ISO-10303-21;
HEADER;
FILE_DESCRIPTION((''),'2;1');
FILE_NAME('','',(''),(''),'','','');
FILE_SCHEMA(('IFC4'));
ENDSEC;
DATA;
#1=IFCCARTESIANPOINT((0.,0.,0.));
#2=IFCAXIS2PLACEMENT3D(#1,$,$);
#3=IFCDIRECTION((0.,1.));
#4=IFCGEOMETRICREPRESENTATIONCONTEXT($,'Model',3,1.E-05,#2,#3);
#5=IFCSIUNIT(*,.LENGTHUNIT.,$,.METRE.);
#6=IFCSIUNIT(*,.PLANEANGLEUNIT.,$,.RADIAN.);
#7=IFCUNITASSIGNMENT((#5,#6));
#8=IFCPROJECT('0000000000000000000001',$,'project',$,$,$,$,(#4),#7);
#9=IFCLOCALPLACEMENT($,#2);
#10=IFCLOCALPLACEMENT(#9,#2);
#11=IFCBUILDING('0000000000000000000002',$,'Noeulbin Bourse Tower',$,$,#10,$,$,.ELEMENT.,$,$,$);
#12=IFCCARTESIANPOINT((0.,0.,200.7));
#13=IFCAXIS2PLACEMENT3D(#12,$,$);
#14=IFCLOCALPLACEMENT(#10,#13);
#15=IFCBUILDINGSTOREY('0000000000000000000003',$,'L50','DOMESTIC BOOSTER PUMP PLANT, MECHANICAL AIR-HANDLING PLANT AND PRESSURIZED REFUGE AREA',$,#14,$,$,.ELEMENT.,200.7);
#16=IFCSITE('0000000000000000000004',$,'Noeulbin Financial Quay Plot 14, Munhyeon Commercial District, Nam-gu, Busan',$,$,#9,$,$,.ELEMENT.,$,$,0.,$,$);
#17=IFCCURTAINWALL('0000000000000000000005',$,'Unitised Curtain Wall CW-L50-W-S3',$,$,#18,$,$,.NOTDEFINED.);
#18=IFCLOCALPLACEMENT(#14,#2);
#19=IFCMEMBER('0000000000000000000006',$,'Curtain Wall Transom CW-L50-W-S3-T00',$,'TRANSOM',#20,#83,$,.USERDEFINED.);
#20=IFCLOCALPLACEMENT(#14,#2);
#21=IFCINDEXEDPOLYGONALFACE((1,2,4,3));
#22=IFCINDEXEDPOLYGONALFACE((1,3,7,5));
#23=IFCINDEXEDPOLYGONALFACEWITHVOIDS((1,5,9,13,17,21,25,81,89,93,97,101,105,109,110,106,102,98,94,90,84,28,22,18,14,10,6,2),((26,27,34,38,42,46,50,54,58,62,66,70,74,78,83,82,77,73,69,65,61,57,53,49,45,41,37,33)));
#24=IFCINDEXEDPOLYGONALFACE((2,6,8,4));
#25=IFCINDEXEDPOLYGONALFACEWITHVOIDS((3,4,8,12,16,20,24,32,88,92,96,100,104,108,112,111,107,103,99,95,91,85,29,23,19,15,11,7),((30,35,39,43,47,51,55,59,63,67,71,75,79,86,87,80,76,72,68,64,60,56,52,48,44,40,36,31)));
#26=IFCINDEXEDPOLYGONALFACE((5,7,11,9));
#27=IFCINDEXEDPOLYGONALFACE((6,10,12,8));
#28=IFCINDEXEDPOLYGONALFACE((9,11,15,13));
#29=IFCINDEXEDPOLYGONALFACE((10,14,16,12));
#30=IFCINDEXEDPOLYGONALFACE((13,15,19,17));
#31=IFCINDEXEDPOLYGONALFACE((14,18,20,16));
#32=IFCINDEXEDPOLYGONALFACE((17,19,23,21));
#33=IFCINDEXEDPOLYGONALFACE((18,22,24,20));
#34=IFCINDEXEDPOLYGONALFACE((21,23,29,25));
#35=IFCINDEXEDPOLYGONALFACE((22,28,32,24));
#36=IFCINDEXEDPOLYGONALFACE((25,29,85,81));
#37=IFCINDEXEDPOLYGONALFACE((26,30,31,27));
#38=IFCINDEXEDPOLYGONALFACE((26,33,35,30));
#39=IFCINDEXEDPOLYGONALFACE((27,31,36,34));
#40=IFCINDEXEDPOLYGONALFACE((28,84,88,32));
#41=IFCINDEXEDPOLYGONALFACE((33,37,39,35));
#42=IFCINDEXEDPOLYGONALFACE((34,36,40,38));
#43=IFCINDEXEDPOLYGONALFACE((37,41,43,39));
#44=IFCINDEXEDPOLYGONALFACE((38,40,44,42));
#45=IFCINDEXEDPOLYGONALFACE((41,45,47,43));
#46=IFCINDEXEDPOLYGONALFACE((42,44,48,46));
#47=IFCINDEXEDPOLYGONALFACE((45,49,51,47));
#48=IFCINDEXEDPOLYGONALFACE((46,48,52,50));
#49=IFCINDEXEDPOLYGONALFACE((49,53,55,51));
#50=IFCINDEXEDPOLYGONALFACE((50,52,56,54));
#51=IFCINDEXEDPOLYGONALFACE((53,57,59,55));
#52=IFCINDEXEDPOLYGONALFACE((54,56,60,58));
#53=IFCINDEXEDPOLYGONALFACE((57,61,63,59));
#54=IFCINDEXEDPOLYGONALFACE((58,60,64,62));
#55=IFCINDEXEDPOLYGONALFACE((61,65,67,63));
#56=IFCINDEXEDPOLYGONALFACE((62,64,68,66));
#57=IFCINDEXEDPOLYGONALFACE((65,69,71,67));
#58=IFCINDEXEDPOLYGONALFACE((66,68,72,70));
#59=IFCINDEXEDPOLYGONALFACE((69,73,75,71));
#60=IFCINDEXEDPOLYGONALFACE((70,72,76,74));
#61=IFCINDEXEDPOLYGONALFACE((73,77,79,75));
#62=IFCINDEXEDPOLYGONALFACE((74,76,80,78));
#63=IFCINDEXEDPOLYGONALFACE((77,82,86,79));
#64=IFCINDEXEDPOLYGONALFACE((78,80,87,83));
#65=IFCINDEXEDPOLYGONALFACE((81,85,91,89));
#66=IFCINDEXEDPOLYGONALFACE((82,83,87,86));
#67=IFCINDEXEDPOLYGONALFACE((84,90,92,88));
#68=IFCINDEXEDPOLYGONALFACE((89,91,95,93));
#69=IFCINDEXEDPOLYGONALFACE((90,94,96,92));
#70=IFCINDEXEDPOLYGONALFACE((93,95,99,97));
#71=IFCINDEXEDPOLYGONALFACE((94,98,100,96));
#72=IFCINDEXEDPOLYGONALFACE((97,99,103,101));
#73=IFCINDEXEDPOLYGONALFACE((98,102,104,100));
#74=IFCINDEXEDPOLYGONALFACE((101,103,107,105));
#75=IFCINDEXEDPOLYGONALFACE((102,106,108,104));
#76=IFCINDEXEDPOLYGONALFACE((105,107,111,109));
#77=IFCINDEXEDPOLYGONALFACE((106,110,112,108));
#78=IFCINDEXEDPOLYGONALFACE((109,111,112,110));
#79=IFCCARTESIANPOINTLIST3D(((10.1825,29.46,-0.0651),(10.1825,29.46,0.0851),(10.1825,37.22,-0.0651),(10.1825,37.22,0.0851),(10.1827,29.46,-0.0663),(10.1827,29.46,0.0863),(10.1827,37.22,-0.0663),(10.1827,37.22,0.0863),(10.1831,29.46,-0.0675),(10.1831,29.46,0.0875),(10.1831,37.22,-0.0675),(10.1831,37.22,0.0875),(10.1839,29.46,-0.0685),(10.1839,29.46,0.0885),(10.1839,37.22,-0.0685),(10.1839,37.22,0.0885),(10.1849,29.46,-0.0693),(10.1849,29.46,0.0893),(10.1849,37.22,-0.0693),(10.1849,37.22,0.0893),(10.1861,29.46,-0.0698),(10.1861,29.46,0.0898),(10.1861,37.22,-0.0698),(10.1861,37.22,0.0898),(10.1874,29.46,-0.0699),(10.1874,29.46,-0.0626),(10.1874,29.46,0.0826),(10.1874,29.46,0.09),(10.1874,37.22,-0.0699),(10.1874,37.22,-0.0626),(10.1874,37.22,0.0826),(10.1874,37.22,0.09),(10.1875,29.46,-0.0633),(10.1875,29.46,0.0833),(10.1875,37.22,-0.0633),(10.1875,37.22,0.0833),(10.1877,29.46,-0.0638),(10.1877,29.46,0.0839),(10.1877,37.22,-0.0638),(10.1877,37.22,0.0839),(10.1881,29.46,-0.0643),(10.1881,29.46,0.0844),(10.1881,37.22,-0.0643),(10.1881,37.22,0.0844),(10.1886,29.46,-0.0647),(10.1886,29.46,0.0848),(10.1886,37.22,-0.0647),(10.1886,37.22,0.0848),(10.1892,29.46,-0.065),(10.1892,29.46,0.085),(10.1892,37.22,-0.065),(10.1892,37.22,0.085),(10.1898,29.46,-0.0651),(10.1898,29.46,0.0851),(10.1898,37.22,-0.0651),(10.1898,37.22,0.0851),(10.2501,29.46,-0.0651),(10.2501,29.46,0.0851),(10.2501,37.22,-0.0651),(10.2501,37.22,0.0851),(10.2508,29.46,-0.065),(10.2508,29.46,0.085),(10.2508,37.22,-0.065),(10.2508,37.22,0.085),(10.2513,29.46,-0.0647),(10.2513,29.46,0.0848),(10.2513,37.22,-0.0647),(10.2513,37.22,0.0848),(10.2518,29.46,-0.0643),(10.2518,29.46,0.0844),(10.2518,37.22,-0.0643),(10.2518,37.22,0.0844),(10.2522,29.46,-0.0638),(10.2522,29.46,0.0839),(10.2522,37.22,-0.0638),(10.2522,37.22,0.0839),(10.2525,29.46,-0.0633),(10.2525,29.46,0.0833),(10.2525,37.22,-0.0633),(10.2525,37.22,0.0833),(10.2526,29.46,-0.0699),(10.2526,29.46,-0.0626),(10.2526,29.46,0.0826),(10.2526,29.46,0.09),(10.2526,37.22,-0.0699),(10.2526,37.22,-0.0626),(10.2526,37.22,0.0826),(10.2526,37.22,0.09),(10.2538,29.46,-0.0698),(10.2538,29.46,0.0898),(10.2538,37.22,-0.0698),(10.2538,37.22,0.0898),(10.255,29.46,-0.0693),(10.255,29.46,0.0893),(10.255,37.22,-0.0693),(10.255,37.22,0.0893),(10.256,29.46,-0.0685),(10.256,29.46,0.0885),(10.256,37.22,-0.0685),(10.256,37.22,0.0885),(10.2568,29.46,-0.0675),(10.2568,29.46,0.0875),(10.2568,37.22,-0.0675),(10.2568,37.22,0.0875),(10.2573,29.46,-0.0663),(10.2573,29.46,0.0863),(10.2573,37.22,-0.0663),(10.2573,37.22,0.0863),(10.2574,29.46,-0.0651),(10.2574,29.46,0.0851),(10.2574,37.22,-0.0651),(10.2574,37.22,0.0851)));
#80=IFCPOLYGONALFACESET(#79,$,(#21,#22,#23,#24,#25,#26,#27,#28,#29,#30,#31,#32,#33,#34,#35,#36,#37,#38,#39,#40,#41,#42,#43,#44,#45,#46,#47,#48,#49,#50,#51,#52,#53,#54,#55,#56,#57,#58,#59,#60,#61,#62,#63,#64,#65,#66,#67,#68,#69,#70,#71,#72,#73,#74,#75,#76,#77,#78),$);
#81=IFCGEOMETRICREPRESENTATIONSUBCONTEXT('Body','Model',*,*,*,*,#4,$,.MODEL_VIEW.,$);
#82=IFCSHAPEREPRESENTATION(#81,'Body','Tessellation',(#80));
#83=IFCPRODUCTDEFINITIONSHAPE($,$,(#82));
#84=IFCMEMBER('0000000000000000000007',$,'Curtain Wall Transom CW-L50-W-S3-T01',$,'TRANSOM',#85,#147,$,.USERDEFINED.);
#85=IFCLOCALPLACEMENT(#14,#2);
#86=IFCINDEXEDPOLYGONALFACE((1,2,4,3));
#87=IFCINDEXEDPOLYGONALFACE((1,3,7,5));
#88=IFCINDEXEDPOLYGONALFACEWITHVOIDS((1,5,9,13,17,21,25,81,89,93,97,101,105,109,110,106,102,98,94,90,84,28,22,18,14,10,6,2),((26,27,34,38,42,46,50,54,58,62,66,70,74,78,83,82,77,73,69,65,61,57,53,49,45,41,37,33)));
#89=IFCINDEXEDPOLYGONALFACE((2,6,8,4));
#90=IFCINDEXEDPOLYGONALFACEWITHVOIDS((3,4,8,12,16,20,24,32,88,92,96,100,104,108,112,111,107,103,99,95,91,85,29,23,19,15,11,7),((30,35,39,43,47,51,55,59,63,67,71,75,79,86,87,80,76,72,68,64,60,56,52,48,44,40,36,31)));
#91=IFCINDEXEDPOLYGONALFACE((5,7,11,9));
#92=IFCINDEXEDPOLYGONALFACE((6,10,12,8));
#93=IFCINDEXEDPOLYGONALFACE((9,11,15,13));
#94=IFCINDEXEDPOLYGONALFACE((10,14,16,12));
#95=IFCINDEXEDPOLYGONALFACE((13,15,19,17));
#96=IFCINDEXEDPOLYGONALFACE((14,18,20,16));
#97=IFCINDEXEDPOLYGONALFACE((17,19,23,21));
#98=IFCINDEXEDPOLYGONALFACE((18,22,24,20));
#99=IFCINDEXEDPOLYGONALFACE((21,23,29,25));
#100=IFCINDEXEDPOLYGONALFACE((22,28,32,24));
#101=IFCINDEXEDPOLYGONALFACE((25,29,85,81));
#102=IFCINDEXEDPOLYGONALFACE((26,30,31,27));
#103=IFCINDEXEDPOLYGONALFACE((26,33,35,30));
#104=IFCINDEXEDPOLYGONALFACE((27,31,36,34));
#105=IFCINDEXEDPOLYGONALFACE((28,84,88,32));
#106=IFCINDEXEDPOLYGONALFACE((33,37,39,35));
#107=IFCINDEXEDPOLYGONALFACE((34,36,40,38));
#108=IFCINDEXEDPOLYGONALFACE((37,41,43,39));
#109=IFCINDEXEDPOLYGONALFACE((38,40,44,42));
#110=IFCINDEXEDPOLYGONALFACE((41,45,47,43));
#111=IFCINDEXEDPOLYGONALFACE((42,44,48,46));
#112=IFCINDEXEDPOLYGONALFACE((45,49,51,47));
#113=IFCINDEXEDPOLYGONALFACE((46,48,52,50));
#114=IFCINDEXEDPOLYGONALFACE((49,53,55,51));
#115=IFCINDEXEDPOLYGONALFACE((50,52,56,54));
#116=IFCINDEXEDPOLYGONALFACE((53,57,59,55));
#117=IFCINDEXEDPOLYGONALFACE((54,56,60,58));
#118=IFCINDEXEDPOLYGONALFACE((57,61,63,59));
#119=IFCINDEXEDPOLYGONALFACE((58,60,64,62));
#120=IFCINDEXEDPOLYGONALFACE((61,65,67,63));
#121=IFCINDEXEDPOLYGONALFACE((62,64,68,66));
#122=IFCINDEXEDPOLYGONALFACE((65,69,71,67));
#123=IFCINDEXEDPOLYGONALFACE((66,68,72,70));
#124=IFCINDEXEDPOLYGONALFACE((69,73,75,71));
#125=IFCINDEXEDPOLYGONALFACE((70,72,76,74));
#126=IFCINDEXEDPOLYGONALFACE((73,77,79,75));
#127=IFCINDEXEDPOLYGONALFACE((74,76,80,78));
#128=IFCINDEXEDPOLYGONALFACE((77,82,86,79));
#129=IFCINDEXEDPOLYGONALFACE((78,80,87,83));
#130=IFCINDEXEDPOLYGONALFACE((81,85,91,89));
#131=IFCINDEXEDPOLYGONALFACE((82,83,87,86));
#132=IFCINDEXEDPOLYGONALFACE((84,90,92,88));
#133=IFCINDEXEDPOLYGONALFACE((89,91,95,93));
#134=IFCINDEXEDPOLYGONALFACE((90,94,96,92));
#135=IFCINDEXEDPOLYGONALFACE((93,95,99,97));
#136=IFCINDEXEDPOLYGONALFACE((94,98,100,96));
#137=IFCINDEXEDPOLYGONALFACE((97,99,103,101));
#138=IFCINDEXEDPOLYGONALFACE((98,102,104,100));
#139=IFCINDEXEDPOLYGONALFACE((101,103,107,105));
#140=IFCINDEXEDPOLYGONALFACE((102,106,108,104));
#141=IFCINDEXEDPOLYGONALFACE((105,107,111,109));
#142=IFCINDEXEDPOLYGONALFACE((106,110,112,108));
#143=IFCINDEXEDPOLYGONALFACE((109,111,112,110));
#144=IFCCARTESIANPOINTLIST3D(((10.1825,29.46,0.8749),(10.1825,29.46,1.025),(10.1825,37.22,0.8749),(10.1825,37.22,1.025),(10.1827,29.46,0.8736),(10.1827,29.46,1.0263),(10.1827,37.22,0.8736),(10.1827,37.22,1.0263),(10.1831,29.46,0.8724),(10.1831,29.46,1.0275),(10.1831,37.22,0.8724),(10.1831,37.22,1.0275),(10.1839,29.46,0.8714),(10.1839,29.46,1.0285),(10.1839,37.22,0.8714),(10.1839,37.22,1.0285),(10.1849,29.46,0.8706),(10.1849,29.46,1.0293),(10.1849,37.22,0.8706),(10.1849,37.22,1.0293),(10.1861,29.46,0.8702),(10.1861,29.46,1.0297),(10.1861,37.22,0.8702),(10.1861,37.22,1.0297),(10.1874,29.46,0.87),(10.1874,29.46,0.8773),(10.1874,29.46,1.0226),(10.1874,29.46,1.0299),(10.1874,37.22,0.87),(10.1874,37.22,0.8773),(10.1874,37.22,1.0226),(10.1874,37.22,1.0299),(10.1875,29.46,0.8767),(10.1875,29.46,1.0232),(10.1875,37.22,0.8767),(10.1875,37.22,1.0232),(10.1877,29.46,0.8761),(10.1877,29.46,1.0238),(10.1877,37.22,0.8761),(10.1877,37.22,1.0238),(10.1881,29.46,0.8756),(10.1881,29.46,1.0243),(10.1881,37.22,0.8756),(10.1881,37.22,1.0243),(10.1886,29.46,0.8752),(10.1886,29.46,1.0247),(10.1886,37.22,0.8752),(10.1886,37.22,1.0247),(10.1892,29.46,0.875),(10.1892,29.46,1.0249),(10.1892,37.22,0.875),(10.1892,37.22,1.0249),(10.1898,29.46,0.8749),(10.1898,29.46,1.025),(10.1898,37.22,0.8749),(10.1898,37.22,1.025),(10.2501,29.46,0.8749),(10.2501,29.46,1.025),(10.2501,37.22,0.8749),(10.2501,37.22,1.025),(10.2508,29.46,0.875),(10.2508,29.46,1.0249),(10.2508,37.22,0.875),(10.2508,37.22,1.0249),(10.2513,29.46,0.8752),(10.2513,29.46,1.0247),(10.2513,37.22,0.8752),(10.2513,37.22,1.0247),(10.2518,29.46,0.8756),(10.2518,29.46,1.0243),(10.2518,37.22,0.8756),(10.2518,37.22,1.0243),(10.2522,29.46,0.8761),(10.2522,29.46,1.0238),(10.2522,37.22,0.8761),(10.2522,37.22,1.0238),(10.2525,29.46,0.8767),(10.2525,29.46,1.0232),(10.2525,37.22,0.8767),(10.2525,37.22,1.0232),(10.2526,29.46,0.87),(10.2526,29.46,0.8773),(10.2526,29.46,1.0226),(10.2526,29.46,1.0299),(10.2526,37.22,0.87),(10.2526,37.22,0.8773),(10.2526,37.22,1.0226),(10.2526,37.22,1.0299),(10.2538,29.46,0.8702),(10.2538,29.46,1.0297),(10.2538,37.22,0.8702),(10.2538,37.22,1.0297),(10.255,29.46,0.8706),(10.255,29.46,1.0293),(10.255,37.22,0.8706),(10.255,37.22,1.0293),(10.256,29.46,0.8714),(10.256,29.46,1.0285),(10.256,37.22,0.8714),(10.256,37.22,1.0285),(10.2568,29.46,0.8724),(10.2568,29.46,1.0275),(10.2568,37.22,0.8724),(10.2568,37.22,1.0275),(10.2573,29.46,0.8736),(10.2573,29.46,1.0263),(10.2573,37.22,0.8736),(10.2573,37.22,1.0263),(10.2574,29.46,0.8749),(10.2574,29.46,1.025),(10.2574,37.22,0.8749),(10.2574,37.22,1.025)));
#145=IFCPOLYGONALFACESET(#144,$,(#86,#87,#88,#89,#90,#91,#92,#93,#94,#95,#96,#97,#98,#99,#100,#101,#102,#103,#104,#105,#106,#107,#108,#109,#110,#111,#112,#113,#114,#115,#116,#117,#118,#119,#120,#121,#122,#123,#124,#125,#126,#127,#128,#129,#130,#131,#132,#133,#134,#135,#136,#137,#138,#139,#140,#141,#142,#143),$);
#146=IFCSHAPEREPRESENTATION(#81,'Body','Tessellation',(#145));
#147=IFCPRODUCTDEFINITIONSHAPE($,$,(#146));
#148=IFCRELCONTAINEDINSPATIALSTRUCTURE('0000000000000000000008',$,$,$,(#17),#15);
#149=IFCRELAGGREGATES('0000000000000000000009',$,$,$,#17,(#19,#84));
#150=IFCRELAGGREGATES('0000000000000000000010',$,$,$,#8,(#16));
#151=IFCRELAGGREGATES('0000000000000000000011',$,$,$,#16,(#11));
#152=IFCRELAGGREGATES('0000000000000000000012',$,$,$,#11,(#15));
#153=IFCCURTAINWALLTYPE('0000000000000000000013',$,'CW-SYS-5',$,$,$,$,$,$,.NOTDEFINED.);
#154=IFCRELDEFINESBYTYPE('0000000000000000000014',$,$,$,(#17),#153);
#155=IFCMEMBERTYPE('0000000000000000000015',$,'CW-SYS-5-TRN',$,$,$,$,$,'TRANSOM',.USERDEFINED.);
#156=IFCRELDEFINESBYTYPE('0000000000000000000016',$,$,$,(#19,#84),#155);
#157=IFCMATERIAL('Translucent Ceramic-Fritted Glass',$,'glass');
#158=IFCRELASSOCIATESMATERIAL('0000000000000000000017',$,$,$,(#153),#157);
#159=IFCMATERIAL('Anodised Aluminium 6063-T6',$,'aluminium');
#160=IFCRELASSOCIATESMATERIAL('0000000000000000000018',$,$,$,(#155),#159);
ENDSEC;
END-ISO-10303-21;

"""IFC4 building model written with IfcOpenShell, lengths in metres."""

from ifc_helpers import new_model, si_unit, direction, frame, origin, origin_2d, place, context, subcontext, project, spatial, hollow_rectangle, extrude, material, material_profile, profile_set, type_object, element, aggregate, save


model = new_model("IFC4")

# Units and contexts
model_context = context("Model", 3, precision=1e-05, world=origin(), true_north=direction((0.0, 1.0)))
body_context = subcontext(model_context, "Body", "Model", "MODEL_VIEW")
ifc_project = project(units=[si_unit("LENGTHUNIT", "METRE"), si_unit("PLANEANGLEUNIT", "RADIAN")], contexts=[model_context])

# Site, building, storey
site_placement = place(None, origin())
site = spatial("IfcSite", under=ifc_project, at=site_placement, Name="Noeulbin Financial Quay Plot 14, Munhyeon Commercial District, Nam-gu, Busan", CompositionType="ELEMENT", RefElevation=0.0)
building_placement = place(site_placement, origin())
building = spatial("IfcBuilding", under=site, at=building_placement, Name="Noeulbin Bourse Tower", CompositionType="ELEMENT")
storey_placement = place(building_placement, frame((0.0, 0.0, 200.7)))
storey = spatial("IfcBuildingStorey", under=building, at=storey_placement, Name="L50", Description="DOMESTIC BOOSTER PUMP PLANT, MECHANICAL AIR-HANDLING PLANT AND PRESSURIZED REFUGE AREA", CompositionType="ELEMENT", Elevation=200.7)

# Shared definitions
ifc_material_1 = material(Name="Translucent Ceramic-Fritted Glass", Category="glass")
curtain_wall_type = type_object("IfcCurtainWallType", Name="CW-SYS-5", PredefinedType="NOTDEFINED", material=ifc_material_1)
ifc_material_2 = material(Name="Anodised Aluminium 6063-T6", Category="aluminium")

# Curtain wall
curtain_wall_1_placement = place(storey_placement, origin())
curtain_wall_1 = element("IfcCurtainWall", 1, at=curtain_wall_1_placement, inside=storey, type_object=curtain_wall_type, Name="Unitised Curtain Wall CW-L50-W-S3", PredefinedType="NOTDEFINED")

# Members
ifc_material_profile_1 = material_profile(ifc_material_2, hollow_rectangle(XDim=0.075, YDim=0.1599, WallThickness=0.0049, InnerFilletRadius=0.0024, OuterFilletRadius=0.0049, at=origin_2d()), Name="ALU-TRAN-75x160x5", Category="LoadBearing")
ifc_profile_set_1 = profile_set([ifc_material_profile_1], Name="Anodised Aluminium 6063-T6")
member_type_1 = type_object("IfcMemberType", Name="CW-SYS-5-TRN", ElementType="TRANSOM", PredefinedType="USERDEFINED", material=ifc_profile_set_1)
member_1_placement = place(storey_placement, frame((10.22, 29.46, 0.01), z_axis=(0.0, 1.0, 0.0), x_axis=(-1.0, 0.0, 0.0)))
member_1 = element("IfcMember", 2, at=member_1_placement, type_object=member_type_1, Name="Curtain Wall Transom CW-L50-W-S3-T00", ObjectType="TRANSOM", PredefinedType="USERDEFINED", context=body_context, shape_type="SweptSolid", body=[
    extrude(hollow_rectangle(XDim=0.075, YDim=0.1599, WallThickness=0.0049, InnerFilletRadius=0.0024, OuterFilletRadius=0.0049, at=origin_2d()), origin(), (0.0, 0.0, 1.0), 7.76),
])
member_2_placement = place(storey_placement, frame((10.22, 29.46, 0.95), z_axis=(0.0, 1.0, 0.0), x_axis=(-1.0, 0.0, 0.0)))
member_2 = element("IfcMember", 3, at=member_2_placement, type_object=member_type_1, Name="Curtain Wall Transom CW-L50-W-S3-T01", ObjectType="TRANSOM", PredefinedType="USERDEFINED", context=body_context, shape_type="SweptSolid", body=[
    extrude(hollow_rectangle(XDim=0.075, YDim=0.1599, WallThickness=0.0049, InnerFilletRadius=0.0024, OuterFilletRadius=0.0049, at=origin_2d()), origin(), (0.0, 0.0, 1.0), 7.76),
])

aggregate(curtain_wall_1, [member_1, member_2])

save(model, "model.ifc")
